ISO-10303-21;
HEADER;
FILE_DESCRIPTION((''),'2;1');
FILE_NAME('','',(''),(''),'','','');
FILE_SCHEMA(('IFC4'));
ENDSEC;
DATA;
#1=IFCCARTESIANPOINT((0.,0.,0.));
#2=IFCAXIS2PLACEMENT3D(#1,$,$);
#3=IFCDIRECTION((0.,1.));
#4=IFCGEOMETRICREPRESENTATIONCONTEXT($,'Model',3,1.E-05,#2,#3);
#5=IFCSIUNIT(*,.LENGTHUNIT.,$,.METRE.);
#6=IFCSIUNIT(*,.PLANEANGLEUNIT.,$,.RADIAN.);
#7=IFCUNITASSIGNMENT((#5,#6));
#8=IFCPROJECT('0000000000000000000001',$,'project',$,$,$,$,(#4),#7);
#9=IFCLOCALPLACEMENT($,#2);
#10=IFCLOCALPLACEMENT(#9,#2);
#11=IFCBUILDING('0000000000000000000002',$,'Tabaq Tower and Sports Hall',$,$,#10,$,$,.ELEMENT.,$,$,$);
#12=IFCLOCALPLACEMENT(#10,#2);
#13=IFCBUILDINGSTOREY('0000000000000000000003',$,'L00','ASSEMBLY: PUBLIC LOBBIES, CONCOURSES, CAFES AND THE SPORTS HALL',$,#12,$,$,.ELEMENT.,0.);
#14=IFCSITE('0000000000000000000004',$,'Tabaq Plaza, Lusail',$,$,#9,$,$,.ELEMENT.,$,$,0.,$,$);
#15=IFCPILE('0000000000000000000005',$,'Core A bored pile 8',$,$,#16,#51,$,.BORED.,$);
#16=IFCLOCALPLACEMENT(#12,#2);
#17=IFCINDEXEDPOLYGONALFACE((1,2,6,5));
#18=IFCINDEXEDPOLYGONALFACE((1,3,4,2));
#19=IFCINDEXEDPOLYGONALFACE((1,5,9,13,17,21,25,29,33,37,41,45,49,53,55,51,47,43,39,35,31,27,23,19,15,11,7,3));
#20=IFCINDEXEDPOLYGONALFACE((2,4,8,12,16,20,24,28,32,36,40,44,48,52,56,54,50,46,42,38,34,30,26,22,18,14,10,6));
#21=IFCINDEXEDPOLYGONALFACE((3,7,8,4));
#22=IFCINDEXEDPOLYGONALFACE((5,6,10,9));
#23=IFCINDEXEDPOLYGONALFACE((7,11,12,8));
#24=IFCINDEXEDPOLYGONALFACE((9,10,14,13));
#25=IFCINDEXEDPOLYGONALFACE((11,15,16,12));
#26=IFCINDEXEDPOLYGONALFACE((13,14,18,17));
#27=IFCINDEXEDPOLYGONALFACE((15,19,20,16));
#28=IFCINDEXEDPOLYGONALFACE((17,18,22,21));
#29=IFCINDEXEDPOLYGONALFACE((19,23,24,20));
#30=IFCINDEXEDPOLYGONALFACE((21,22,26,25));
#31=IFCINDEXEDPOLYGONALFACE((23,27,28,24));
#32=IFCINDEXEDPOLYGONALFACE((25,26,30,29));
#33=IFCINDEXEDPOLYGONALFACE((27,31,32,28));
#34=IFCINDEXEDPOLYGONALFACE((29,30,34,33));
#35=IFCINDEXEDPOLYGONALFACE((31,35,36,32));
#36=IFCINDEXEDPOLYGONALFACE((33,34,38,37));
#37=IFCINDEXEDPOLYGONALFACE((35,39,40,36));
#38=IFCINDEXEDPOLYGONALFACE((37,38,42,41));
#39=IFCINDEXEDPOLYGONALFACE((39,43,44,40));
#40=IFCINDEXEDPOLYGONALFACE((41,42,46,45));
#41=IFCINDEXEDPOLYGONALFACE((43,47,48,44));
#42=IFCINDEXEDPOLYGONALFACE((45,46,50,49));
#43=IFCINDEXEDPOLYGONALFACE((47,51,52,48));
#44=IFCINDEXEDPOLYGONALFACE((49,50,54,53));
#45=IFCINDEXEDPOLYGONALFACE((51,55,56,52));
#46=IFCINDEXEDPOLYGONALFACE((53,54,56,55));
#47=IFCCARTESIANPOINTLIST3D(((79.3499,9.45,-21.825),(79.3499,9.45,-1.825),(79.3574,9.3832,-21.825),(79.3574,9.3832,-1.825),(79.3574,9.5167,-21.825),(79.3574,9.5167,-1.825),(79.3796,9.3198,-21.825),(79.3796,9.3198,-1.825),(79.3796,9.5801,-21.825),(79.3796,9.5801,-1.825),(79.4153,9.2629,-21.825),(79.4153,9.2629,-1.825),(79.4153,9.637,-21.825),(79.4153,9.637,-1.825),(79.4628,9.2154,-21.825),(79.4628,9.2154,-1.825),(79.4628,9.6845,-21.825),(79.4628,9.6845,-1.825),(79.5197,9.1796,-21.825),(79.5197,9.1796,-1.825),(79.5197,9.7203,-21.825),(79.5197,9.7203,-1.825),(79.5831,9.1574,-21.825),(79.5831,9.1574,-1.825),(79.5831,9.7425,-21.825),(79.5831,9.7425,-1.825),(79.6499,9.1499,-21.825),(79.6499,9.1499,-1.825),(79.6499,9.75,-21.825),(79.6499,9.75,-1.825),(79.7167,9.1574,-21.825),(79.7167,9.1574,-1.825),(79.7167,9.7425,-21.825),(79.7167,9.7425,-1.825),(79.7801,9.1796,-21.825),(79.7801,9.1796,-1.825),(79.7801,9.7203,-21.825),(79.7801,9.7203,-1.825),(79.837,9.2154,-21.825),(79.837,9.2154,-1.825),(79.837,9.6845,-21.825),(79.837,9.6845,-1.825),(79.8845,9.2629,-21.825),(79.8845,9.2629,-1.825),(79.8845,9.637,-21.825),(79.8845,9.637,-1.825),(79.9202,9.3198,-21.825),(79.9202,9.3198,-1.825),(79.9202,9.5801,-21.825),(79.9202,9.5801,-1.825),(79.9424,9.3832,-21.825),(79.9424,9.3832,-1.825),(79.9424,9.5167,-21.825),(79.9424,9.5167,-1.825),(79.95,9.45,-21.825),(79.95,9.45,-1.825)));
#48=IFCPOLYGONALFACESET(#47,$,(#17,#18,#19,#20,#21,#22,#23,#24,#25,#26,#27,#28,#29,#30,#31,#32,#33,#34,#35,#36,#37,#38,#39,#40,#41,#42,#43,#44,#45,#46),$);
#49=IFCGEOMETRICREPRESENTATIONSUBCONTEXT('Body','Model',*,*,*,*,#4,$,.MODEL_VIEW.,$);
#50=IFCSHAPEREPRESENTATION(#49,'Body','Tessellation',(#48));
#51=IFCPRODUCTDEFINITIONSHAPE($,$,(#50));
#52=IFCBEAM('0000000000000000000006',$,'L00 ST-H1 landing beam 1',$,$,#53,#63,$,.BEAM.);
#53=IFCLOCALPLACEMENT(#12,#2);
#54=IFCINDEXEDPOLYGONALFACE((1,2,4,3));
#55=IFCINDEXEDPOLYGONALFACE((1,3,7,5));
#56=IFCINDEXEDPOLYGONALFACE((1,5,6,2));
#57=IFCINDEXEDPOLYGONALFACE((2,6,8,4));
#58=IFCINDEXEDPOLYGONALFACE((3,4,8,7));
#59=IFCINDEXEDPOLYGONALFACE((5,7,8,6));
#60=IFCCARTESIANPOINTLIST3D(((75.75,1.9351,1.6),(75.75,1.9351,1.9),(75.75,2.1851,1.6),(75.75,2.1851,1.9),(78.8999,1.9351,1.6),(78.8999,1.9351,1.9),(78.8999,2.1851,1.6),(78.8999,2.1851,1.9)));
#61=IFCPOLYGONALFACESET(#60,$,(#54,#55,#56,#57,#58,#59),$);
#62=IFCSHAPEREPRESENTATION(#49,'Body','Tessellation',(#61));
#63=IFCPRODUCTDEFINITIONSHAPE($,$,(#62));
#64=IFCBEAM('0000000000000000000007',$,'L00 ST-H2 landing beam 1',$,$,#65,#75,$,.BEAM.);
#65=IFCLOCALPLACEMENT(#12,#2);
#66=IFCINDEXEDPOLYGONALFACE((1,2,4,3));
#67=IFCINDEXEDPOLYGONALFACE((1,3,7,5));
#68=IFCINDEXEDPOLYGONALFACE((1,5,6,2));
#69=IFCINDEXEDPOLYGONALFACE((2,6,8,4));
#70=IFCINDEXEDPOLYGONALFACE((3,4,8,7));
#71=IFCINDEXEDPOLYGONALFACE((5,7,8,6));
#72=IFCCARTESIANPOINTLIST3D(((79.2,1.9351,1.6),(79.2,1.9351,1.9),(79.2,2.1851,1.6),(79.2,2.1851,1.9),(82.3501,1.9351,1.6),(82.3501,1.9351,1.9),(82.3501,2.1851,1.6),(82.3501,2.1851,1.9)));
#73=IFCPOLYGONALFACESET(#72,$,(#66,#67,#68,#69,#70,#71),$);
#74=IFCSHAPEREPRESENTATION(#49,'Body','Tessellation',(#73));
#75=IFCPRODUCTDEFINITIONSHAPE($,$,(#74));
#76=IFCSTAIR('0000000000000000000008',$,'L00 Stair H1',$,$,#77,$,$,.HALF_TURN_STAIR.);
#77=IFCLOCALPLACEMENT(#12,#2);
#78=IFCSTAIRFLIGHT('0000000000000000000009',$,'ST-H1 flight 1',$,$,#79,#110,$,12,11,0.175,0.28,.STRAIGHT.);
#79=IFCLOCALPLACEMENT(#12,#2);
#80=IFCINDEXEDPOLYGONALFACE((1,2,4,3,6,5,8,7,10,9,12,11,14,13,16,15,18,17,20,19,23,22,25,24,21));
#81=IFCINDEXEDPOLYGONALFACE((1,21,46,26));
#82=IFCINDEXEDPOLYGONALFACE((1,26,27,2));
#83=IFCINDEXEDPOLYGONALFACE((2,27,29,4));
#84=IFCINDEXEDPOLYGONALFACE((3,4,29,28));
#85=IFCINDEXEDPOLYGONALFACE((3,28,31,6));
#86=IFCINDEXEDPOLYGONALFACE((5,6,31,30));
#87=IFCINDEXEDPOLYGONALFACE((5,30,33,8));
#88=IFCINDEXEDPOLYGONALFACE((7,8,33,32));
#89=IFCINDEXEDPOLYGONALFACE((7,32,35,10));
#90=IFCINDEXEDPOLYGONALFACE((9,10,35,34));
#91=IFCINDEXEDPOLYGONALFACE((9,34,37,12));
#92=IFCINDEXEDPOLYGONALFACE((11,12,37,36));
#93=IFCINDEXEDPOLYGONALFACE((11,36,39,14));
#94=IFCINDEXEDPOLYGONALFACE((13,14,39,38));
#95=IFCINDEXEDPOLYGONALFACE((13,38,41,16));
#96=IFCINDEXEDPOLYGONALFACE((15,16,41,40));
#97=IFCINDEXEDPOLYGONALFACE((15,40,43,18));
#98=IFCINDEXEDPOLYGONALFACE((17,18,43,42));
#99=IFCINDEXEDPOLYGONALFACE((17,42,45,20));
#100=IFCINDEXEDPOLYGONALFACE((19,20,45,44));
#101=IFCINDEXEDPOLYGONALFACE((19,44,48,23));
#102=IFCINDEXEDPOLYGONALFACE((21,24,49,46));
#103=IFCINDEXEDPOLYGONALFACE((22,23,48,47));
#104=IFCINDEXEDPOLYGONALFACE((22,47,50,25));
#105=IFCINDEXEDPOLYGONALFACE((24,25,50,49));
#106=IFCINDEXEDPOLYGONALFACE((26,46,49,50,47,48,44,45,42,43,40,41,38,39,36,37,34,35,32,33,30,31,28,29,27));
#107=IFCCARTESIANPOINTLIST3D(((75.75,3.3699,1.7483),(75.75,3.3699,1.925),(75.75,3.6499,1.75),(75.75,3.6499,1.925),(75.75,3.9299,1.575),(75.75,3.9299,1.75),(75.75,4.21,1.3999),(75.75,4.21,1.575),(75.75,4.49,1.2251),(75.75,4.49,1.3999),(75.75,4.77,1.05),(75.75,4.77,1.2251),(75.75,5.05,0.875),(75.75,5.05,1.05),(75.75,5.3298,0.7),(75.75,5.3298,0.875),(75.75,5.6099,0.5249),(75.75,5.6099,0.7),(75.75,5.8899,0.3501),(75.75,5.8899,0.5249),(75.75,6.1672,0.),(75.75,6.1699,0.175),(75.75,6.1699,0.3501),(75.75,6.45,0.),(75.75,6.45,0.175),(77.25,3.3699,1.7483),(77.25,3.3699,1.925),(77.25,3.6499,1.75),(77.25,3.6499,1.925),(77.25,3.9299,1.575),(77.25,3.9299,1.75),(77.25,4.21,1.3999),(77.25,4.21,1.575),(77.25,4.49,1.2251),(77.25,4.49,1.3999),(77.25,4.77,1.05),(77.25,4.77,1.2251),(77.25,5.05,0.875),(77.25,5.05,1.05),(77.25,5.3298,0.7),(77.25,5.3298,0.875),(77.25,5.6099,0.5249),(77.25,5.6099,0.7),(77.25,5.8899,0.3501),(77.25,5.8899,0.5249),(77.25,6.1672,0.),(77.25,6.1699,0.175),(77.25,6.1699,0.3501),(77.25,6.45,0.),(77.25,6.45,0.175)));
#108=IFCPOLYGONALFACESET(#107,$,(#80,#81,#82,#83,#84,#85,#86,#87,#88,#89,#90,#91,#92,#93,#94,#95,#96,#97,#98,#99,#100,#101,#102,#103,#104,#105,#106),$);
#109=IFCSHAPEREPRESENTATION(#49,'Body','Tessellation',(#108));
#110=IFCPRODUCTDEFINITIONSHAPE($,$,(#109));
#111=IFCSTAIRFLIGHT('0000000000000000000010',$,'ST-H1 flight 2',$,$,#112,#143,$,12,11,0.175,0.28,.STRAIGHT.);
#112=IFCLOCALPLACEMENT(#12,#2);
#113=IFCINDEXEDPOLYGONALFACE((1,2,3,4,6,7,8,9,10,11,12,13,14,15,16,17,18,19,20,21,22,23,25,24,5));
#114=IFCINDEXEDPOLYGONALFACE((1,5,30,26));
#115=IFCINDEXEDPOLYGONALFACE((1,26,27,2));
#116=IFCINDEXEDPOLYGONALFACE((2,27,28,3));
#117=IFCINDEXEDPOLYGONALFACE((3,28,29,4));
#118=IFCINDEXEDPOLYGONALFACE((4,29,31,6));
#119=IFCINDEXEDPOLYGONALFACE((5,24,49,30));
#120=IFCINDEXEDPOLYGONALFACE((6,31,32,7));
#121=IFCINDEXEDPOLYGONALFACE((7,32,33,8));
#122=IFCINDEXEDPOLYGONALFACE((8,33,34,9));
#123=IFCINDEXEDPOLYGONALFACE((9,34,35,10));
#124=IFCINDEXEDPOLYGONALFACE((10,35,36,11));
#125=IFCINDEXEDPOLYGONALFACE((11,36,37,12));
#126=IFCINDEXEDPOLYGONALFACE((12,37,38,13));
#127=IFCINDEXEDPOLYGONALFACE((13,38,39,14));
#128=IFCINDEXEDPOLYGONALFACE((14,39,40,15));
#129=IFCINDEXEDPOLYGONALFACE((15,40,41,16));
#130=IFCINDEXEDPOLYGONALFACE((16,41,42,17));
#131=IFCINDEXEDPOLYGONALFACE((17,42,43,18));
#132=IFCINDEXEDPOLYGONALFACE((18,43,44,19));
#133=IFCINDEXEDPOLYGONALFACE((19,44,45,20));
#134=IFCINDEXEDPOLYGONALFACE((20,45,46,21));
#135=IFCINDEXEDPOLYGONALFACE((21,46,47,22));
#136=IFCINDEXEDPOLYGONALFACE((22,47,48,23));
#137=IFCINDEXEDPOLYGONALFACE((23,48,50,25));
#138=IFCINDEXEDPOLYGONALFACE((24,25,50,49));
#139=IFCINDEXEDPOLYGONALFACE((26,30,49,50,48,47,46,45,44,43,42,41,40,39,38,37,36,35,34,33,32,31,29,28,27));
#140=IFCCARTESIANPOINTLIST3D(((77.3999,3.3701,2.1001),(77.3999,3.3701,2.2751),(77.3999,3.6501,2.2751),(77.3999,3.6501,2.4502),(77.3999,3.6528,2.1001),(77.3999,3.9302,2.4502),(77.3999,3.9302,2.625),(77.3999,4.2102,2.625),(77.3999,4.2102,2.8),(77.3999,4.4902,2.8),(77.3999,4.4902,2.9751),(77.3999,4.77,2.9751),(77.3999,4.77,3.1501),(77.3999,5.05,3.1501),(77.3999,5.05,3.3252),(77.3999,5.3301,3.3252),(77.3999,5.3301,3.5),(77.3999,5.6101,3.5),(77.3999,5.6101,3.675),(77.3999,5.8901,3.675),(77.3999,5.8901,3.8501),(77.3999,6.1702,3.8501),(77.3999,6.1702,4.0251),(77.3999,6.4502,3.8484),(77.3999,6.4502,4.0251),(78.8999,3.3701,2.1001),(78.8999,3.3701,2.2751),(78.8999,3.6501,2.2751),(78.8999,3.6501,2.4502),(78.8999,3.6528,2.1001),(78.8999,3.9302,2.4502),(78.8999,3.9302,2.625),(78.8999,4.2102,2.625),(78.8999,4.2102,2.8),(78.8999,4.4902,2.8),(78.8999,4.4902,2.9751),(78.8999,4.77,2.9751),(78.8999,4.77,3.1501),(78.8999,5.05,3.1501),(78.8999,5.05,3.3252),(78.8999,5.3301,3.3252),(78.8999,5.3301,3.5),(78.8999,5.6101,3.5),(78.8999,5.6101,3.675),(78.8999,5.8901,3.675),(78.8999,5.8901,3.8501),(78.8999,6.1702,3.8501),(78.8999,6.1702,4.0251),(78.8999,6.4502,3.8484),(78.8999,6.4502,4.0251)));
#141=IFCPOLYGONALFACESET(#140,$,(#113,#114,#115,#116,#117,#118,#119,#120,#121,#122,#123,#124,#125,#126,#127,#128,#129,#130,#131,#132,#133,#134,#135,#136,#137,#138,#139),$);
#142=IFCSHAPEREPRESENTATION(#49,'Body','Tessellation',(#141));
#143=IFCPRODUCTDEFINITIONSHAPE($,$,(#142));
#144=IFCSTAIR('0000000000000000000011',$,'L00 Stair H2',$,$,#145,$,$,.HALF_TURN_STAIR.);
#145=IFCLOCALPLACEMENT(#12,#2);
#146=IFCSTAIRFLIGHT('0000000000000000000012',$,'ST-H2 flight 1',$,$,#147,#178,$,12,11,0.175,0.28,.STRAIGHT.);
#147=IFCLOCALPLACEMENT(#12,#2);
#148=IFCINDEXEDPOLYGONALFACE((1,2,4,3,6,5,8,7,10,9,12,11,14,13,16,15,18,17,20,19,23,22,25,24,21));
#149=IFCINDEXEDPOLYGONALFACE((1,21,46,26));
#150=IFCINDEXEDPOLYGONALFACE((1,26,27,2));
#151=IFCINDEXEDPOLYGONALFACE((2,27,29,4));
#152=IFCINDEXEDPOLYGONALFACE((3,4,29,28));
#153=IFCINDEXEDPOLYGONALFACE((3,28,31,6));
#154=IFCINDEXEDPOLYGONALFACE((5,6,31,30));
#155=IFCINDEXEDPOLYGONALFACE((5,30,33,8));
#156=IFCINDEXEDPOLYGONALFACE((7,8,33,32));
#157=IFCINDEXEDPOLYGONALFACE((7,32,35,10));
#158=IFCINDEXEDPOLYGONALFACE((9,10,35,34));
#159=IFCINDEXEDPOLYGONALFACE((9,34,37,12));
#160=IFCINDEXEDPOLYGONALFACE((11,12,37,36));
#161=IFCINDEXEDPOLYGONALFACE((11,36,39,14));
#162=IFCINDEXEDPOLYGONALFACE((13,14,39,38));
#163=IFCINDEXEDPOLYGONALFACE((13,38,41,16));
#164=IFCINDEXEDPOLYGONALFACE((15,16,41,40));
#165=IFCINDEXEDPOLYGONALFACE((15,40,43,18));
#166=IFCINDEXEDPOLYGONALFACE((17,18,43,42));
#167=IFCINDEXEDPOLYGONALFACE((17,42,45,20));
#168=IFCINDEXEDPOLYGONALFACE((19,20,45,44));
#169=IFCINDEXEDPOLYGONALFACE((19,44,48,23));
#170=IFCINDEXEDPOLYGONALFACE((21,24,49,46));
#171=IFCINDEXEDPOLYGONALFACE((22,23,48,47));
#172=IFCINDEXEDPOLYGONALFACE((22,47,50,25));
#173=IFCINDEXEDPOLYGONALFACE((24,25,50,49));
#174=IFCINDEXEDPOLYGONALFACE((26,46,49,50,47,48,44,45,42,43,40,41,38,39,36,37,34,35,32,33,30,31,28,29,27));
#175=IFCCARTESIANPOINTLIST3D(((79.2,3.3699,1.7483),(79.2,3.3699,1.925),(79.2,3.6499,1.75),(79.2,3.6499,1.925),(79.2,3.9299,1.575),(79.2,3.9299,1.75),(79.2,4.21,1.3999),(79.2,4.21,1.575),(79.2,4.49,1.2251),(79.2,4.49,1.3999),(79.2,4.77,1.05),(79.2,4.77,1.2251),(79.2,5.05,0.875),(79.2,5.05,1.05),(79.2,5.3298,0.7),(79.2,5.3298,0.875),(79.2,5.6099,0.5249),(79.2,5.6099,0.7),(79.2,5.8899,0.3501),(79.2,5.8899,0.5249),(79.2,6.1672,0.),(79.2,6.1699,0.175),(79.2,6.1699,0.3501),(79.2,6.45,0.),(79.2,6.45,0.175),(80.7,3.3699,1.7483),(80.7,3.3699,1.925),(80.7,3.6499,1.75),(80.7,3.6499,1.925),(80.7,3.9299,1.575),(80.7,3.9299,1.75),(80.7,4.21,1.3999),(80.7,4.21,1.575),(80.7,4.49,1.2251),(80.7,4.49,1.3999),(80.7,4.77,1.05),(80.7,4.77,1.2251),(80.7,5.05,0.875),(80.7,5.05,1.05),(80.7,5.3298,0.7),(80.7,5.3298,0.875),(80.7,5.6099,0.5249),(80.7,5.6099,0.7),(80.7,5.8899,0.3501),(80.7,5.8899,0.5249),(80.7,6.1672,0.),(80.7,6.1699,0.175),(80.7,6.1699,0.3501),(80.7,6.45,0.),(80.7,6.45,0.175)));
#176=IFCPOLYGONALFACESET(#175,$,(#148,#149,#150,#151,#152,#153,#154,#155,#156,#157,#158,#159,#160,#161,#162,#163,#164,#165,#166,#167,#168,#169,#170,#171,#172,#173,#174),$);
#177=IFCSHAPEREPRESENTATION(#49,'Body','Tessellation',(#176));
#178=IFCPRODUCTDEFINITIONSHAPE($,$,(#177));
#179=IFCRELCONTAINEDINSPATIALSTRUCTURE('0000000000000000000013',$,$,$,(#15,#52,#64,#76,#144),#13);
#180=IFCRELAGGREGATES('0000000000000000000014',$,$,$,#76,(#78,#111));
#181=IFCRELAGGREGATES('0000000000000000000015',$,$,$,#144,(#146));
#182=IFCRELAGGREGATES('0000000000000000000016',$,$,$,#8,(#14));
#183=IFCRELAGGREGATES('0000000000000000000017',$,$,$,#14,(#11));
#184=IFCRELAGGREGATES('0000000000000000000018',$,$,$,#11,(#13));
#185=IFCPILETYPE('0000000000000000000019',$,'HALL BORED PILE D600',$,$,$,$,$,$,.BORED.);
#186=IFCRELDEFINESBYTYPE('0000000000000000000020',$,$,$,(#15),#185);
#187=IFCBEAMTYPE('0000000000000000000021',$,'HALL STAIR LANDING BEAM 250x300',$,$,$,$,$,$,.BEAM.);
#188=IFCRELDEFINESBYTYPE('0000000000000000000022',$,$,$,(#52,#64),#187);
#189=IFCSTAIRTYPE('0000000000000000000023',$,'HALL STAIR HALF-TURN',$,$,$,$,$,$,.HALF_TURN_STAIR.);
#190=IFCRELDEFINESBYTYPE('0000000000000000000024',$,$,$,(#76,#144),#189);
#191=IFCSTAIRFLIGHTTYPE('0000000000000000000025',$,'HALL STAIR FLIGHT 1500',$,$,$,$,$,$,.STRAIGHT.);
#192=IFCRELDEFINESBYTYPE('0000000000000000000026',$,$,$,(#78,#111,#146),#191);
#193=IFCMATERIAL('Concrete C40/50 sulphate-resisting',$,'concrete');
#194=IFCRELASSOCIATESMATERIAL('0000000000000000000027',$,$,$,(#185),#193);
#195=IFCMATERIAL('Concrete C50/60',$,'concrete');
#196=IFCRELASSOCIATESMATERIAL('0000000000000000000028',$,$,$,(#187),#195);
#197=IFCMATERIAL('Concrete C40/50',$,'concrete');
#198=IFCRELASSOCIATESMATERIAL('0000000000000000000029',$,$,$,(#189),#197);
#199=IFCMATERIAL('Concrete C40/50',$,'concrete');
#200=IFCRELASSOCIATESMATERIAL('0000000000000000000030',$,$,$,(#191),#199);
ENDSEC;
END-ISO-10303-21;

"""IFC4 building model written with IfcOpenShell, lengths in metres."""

from ifc_helpers import new_model, si_unit, direction, frame, origin, origin_2d, place, context, subcontext, project, spatial, polyline, rectangle, circle, outline, extrude, material, material_profile, profile_set, type_object, element, aggregate, save


model = new_model("IFC4")

# Units and contexts
model_context = context("Model", 3, precision=1e-05, world=origin(), true_north=direction((0.0, 1.0)))
body_context = subcontext(model_context, "Body", "Model", "MODEL_VIEW")
ifc_project = project(units=[si_unit("LENGTHUNIT", "METRE"), si_unit("PLANEANGLEUNIT", "RADIAN")], contexts=[model_context])

# Site, building, storey
site_placement = place(None, origin())
site = spatial("IfcSite", under=ifc_project, at=site_placement, Name="Tabaq Plaza, Lusail", CompositionType="ELEMENT", RefElevation=0.0)
building_placement = place(site_placement, origin())
building = spatial("IfcBuilding", under=site, at=building_placement, Name="Tabaq Tower and Sports Hall", CompositionType="ELEMENT")
storey_placement = place(building_placement, origin())
storey = spatial("IfcBuildingStorey", under=building, at=storey_placement, Name="L00", Description="ASSEMBLY: PUBLIC LOBBIES, CONCOURSES, CAFES AND THE SPORTS HALL", CompositionType="ELEMENT", Elevation=0.0)

# Pile
ifc_material_1 = material(Name="Concrete C40/50 sulphate-resisting", Category="concrete")
ifc_material_profile_1 = material_profile(ifc_material_1, circle(Radius=0.3, at=origin_2d()), Name="D600")
ifc_profile_set_1 = profile_set([ifc_material_profile_1], Name="Concrete C40/50 sulphate-resisting")
pile_type = type_object("IfcPileType", Name="HALL BORED PILE D600", PredefinedType="BORED", material=ifc_profile_set_1)
for number, where, z_axis, x_axis, name in (
    (1, (79.6499, 9.45, -1.825), (0.0, 0.0, -1.0), (1.0, 0.0, 0.0), "Core A bored pile 8"),
):
    element("IfcPile", number, at=place(storey_placement, frame(where, z_axis=z_axis, x_axis=x_axis)), inside=storey, type_object=pile_type, Name=name, PredefinedType="BORED", context=body_context, shape_type="SweptSolid", body=[
        extrude(circle(Radius=0.3, at=origin_2d()), origin(), (0.0, 0.0, 1.0), 20.0),
    ])

# Beams
ifc_material_2 = material(Name="Concrete C50/60", Category="concrete")
ifc_material_profile_2 = material_profile(ifc_material_2, rectangle(XDim=0.25, YDim=0.3, at=origin_2d()), Name="RC 250x300")
ifc_profile_set_2 = profile_set([ifc_material_profile_2], Name="Concrete C50/60")
beam_type = type_object("IfcBeamType", Name="HALL STAIR LANDING BEAM 250x300", PredefinedType="BEAM", material=ifc_profile_set_2)
beam_1_placement = place(storey_placement, frame((75.75, 2.0601, 1.75), z_axis=(1.0, 0.0, 0.0), x_axis=(0.0, 1.0, 0.0)))
element("IfcBeam", 2, at=beam_1_placement, inside=storey, type_object=beam_type, Name="L00 ST-H1 landing beam 1", PredefinedType="BEAM", context=body_context, shape_type="SweptSolid", body=[
    extrude(rectangle(XDim=0.25, YDim=0.3, at=origin_2d()), origin(), (0.0, 0.0, 1.0), 3.1499),
])
beam_2_placement = place(storey_placement, frame((79.2, 2.0601, 1.75), z_axis=(1.0, 0.0, 0.0), x_axis=(0.0, 1.0, 0.0)))
element("IfcBeam", 3, at=beam_2_placement, inside=storey, type_object=beam_type, Name="L00 ST-H2 landing beam 1", PredefinedType="BEAM", context=body_context, shape_type="SweptSolid", body=[
    extrude(rectangle(XDim=0.25, YDim=0.3, at=origin_2d()), origin(), (0.0, 0.0, 1.0), 3.1501),
])

# Stair, stair flights
ifc_material_3 = material(Name="Concrete C40/50", Category="concrete")
stair_type = type_object("IfcStairType", Name="HALL STAIR HALF-TURN", PredefinedType="HALF_TURN_STAIR", material=ifc_material_3)
stair_1_placement = place(storey_placement, origin())
stair_1 = element("IfcStair", 4, at=stair_1_placement, inside=storey, type_object=stair_type, Name="L00 Stair H1", PredefinedType="HALF_TURN_STAIR")
ifc_material_4 = material(Name="Concrete C40/50", Category="concrete")
stair_flight_type = type_object("IfcStairFlightType", Name="HALL STAIR FLIGHT 1500", PredefinedType="STRAIGHT", material=ifc_material_4)
stair_flight_1_placement = place(storey_placement, frame((76.5, 6.45, 0.0), z_axis=(0.0, 0.0, 1.0), x_axis=(0.0, -1.0, 0.0)))
stair_flight_1 = element("IfcStairFlight", 5, at=stair_flight_1_placement, type_object=stair_flight_type, Name="ST-H1 flight 1", NumberOfRisers=12, NumberOfTreads=11, PredefinedType="STRAIGHT", RiserHeight=0.175, TreadLength=0.28, context=body_context, shape_type="SweptSolid", body=[
    extrude(outline(polyline([(0.0, 0.0), (0.0, 0.175), (0.28, 0.175), (0.28, 0.3501), (0.5601, 0.3501), (0.5601, 0.5249), (0.8401, 0.5249), (0.8401, 0.7), (1.1201, 0.7), (1.1201, 0.875), (1.3999, 0.875), (1.3999, 1.05), (1.6799, 1.05), (1.6799, 1.2251), (1.96, 1.2251), (1.96, 1.3999), (2.24, 1.3999), (2.24, 1.575), (2.52, 1.575), (2.52, 1.75), (2.8, 1.75), (2.8, 1.925), (3.0801, 1.925), (3.0801, 2.1001), (3.0801, 1.7483), (0.2827, 0.0), (0.0, 0.0)])), frame((0.0, 0.75, 0.0), z_axis=(0.0, -1.0, 0.0), x_axis=(1.0, 0.0, 0.0)), (0.0, 0.0, 1.0), 1.5),
])
stair_flight_2_placement = place(storey_placement, frame((78.1499, 3.3701, 2.1001), z_axis=(0.0, 0.0, 1.0), x_axis=(0.0, 1.0, 0.0)))
stair_flight_2 = element("IfcStairFlight", 6, at=stair_flight_2_placement, type_object=stair_flight_type, Name="ST-H1 flight 2", NumberOfRisers=12, NumberOfTreads=11, PredefinedType="STRAIGHT", RiserHeight=0.175, TreadLength=0.28, context=body_context, shape_type="SweptSolid", body=[
    extrude(outline(polyline([(0.0, 0.0), (0.0, 0.175), (0.28, 0.175), (0.28, 0.3501), (0.5601, 0.3501), (0.5601, 0.5249), (0.8401, 0.5249), (0.8401, 0.7), (1.1201, 0.7), (1.1201, 0.875), (1.3999, 0.875), (1.3999, 1.05), (1.6799, 1.05), (1.6799, 1.2251), (1.96, 1.2251), (1.96, 1.3999), (2.24, 1.3999), (2.24, 1.575), (2.52, 1.575), (2.52, 1.75), (2.8, 1.75), (2.8, 1.925), (3.0801, 1.925), (3.0801, 2.1001), (3.0801, 1.7483), (0.2827, 0.0), (0.0, 0.0)])), frame((0.0, 0.75, 0.0), z_axis=(0.0, -1.0, 0.0), x_axis=(1.0, 0.0, 0.0)), (0.0, 0.0, 1.0), 1.5),
])
aggregate(stair_1, [stair_flight_1, stair_flight_2])

# Stair, stair flight
stair_2_placement = place(storey_placement, origin())
stair_2 = element("IfcStair", 7, at=stair_2_placement, inside=storey, type_object=stair_type, Name="L00 Stair H2", PredefinedType="HALF_TURN_STAIR")
stair_flight_3_placement = place(storey_placement, frame((79.95, 6.45, 0.0), z_axis=(0.0, 0.0, 1.0), x_axis=(0.0, -1.0, 0.0)))
stair_flight_3 = element("IfcStairFlight", 8, at=stair_flight_3_placement, type_object=stair_flight_type, Name="ST-H2 flight 1", NumberOfRisers=12, NumberOfTreads=11, PredefinedType="STRAIGHT", RiserHeight=0.175, TreadLength=0.28, context=body_context, shape_type="SweptSolid", body=[
    extrude(outline(polyline([(0.0, 0.0), (0.0, 0.175), (0.28, 0.175), (0.28, 0.3501), (0.5601, 0.3501), (0.5601, 0.5249), (0.8401, 0.5249), (0.8401, 0.7), (1.1201, 0.7), (1.1201, 0.875), (1.3999, 0.875), (1.3999, 1.05), (1.6799, 1.05), (1.6799, 1.2251), (1.96, 1.2251), (1.96, 1.3999), (2.24, 1.3999), (2.24, 1.575), (2.52, 1.575), (2.52, 1.75), (2.8, 1.75), (2.8, 1.925), (3.0801, 1.925), (3.0801, 2.1001), (3.0801, 1.7483), (0.2827, 0.0), (0.0, 0.0)])), frame((0.0, 0.75, 0.0), z_axis=(0.0, -1.0, 0.0), x_axis=(1.0, 0.0, 0.0)), (0.0, 0.0, 1.0), 1.5),
])
aggregate(stair_2, [stair_flight_3])

save(model, "model.ifc")
